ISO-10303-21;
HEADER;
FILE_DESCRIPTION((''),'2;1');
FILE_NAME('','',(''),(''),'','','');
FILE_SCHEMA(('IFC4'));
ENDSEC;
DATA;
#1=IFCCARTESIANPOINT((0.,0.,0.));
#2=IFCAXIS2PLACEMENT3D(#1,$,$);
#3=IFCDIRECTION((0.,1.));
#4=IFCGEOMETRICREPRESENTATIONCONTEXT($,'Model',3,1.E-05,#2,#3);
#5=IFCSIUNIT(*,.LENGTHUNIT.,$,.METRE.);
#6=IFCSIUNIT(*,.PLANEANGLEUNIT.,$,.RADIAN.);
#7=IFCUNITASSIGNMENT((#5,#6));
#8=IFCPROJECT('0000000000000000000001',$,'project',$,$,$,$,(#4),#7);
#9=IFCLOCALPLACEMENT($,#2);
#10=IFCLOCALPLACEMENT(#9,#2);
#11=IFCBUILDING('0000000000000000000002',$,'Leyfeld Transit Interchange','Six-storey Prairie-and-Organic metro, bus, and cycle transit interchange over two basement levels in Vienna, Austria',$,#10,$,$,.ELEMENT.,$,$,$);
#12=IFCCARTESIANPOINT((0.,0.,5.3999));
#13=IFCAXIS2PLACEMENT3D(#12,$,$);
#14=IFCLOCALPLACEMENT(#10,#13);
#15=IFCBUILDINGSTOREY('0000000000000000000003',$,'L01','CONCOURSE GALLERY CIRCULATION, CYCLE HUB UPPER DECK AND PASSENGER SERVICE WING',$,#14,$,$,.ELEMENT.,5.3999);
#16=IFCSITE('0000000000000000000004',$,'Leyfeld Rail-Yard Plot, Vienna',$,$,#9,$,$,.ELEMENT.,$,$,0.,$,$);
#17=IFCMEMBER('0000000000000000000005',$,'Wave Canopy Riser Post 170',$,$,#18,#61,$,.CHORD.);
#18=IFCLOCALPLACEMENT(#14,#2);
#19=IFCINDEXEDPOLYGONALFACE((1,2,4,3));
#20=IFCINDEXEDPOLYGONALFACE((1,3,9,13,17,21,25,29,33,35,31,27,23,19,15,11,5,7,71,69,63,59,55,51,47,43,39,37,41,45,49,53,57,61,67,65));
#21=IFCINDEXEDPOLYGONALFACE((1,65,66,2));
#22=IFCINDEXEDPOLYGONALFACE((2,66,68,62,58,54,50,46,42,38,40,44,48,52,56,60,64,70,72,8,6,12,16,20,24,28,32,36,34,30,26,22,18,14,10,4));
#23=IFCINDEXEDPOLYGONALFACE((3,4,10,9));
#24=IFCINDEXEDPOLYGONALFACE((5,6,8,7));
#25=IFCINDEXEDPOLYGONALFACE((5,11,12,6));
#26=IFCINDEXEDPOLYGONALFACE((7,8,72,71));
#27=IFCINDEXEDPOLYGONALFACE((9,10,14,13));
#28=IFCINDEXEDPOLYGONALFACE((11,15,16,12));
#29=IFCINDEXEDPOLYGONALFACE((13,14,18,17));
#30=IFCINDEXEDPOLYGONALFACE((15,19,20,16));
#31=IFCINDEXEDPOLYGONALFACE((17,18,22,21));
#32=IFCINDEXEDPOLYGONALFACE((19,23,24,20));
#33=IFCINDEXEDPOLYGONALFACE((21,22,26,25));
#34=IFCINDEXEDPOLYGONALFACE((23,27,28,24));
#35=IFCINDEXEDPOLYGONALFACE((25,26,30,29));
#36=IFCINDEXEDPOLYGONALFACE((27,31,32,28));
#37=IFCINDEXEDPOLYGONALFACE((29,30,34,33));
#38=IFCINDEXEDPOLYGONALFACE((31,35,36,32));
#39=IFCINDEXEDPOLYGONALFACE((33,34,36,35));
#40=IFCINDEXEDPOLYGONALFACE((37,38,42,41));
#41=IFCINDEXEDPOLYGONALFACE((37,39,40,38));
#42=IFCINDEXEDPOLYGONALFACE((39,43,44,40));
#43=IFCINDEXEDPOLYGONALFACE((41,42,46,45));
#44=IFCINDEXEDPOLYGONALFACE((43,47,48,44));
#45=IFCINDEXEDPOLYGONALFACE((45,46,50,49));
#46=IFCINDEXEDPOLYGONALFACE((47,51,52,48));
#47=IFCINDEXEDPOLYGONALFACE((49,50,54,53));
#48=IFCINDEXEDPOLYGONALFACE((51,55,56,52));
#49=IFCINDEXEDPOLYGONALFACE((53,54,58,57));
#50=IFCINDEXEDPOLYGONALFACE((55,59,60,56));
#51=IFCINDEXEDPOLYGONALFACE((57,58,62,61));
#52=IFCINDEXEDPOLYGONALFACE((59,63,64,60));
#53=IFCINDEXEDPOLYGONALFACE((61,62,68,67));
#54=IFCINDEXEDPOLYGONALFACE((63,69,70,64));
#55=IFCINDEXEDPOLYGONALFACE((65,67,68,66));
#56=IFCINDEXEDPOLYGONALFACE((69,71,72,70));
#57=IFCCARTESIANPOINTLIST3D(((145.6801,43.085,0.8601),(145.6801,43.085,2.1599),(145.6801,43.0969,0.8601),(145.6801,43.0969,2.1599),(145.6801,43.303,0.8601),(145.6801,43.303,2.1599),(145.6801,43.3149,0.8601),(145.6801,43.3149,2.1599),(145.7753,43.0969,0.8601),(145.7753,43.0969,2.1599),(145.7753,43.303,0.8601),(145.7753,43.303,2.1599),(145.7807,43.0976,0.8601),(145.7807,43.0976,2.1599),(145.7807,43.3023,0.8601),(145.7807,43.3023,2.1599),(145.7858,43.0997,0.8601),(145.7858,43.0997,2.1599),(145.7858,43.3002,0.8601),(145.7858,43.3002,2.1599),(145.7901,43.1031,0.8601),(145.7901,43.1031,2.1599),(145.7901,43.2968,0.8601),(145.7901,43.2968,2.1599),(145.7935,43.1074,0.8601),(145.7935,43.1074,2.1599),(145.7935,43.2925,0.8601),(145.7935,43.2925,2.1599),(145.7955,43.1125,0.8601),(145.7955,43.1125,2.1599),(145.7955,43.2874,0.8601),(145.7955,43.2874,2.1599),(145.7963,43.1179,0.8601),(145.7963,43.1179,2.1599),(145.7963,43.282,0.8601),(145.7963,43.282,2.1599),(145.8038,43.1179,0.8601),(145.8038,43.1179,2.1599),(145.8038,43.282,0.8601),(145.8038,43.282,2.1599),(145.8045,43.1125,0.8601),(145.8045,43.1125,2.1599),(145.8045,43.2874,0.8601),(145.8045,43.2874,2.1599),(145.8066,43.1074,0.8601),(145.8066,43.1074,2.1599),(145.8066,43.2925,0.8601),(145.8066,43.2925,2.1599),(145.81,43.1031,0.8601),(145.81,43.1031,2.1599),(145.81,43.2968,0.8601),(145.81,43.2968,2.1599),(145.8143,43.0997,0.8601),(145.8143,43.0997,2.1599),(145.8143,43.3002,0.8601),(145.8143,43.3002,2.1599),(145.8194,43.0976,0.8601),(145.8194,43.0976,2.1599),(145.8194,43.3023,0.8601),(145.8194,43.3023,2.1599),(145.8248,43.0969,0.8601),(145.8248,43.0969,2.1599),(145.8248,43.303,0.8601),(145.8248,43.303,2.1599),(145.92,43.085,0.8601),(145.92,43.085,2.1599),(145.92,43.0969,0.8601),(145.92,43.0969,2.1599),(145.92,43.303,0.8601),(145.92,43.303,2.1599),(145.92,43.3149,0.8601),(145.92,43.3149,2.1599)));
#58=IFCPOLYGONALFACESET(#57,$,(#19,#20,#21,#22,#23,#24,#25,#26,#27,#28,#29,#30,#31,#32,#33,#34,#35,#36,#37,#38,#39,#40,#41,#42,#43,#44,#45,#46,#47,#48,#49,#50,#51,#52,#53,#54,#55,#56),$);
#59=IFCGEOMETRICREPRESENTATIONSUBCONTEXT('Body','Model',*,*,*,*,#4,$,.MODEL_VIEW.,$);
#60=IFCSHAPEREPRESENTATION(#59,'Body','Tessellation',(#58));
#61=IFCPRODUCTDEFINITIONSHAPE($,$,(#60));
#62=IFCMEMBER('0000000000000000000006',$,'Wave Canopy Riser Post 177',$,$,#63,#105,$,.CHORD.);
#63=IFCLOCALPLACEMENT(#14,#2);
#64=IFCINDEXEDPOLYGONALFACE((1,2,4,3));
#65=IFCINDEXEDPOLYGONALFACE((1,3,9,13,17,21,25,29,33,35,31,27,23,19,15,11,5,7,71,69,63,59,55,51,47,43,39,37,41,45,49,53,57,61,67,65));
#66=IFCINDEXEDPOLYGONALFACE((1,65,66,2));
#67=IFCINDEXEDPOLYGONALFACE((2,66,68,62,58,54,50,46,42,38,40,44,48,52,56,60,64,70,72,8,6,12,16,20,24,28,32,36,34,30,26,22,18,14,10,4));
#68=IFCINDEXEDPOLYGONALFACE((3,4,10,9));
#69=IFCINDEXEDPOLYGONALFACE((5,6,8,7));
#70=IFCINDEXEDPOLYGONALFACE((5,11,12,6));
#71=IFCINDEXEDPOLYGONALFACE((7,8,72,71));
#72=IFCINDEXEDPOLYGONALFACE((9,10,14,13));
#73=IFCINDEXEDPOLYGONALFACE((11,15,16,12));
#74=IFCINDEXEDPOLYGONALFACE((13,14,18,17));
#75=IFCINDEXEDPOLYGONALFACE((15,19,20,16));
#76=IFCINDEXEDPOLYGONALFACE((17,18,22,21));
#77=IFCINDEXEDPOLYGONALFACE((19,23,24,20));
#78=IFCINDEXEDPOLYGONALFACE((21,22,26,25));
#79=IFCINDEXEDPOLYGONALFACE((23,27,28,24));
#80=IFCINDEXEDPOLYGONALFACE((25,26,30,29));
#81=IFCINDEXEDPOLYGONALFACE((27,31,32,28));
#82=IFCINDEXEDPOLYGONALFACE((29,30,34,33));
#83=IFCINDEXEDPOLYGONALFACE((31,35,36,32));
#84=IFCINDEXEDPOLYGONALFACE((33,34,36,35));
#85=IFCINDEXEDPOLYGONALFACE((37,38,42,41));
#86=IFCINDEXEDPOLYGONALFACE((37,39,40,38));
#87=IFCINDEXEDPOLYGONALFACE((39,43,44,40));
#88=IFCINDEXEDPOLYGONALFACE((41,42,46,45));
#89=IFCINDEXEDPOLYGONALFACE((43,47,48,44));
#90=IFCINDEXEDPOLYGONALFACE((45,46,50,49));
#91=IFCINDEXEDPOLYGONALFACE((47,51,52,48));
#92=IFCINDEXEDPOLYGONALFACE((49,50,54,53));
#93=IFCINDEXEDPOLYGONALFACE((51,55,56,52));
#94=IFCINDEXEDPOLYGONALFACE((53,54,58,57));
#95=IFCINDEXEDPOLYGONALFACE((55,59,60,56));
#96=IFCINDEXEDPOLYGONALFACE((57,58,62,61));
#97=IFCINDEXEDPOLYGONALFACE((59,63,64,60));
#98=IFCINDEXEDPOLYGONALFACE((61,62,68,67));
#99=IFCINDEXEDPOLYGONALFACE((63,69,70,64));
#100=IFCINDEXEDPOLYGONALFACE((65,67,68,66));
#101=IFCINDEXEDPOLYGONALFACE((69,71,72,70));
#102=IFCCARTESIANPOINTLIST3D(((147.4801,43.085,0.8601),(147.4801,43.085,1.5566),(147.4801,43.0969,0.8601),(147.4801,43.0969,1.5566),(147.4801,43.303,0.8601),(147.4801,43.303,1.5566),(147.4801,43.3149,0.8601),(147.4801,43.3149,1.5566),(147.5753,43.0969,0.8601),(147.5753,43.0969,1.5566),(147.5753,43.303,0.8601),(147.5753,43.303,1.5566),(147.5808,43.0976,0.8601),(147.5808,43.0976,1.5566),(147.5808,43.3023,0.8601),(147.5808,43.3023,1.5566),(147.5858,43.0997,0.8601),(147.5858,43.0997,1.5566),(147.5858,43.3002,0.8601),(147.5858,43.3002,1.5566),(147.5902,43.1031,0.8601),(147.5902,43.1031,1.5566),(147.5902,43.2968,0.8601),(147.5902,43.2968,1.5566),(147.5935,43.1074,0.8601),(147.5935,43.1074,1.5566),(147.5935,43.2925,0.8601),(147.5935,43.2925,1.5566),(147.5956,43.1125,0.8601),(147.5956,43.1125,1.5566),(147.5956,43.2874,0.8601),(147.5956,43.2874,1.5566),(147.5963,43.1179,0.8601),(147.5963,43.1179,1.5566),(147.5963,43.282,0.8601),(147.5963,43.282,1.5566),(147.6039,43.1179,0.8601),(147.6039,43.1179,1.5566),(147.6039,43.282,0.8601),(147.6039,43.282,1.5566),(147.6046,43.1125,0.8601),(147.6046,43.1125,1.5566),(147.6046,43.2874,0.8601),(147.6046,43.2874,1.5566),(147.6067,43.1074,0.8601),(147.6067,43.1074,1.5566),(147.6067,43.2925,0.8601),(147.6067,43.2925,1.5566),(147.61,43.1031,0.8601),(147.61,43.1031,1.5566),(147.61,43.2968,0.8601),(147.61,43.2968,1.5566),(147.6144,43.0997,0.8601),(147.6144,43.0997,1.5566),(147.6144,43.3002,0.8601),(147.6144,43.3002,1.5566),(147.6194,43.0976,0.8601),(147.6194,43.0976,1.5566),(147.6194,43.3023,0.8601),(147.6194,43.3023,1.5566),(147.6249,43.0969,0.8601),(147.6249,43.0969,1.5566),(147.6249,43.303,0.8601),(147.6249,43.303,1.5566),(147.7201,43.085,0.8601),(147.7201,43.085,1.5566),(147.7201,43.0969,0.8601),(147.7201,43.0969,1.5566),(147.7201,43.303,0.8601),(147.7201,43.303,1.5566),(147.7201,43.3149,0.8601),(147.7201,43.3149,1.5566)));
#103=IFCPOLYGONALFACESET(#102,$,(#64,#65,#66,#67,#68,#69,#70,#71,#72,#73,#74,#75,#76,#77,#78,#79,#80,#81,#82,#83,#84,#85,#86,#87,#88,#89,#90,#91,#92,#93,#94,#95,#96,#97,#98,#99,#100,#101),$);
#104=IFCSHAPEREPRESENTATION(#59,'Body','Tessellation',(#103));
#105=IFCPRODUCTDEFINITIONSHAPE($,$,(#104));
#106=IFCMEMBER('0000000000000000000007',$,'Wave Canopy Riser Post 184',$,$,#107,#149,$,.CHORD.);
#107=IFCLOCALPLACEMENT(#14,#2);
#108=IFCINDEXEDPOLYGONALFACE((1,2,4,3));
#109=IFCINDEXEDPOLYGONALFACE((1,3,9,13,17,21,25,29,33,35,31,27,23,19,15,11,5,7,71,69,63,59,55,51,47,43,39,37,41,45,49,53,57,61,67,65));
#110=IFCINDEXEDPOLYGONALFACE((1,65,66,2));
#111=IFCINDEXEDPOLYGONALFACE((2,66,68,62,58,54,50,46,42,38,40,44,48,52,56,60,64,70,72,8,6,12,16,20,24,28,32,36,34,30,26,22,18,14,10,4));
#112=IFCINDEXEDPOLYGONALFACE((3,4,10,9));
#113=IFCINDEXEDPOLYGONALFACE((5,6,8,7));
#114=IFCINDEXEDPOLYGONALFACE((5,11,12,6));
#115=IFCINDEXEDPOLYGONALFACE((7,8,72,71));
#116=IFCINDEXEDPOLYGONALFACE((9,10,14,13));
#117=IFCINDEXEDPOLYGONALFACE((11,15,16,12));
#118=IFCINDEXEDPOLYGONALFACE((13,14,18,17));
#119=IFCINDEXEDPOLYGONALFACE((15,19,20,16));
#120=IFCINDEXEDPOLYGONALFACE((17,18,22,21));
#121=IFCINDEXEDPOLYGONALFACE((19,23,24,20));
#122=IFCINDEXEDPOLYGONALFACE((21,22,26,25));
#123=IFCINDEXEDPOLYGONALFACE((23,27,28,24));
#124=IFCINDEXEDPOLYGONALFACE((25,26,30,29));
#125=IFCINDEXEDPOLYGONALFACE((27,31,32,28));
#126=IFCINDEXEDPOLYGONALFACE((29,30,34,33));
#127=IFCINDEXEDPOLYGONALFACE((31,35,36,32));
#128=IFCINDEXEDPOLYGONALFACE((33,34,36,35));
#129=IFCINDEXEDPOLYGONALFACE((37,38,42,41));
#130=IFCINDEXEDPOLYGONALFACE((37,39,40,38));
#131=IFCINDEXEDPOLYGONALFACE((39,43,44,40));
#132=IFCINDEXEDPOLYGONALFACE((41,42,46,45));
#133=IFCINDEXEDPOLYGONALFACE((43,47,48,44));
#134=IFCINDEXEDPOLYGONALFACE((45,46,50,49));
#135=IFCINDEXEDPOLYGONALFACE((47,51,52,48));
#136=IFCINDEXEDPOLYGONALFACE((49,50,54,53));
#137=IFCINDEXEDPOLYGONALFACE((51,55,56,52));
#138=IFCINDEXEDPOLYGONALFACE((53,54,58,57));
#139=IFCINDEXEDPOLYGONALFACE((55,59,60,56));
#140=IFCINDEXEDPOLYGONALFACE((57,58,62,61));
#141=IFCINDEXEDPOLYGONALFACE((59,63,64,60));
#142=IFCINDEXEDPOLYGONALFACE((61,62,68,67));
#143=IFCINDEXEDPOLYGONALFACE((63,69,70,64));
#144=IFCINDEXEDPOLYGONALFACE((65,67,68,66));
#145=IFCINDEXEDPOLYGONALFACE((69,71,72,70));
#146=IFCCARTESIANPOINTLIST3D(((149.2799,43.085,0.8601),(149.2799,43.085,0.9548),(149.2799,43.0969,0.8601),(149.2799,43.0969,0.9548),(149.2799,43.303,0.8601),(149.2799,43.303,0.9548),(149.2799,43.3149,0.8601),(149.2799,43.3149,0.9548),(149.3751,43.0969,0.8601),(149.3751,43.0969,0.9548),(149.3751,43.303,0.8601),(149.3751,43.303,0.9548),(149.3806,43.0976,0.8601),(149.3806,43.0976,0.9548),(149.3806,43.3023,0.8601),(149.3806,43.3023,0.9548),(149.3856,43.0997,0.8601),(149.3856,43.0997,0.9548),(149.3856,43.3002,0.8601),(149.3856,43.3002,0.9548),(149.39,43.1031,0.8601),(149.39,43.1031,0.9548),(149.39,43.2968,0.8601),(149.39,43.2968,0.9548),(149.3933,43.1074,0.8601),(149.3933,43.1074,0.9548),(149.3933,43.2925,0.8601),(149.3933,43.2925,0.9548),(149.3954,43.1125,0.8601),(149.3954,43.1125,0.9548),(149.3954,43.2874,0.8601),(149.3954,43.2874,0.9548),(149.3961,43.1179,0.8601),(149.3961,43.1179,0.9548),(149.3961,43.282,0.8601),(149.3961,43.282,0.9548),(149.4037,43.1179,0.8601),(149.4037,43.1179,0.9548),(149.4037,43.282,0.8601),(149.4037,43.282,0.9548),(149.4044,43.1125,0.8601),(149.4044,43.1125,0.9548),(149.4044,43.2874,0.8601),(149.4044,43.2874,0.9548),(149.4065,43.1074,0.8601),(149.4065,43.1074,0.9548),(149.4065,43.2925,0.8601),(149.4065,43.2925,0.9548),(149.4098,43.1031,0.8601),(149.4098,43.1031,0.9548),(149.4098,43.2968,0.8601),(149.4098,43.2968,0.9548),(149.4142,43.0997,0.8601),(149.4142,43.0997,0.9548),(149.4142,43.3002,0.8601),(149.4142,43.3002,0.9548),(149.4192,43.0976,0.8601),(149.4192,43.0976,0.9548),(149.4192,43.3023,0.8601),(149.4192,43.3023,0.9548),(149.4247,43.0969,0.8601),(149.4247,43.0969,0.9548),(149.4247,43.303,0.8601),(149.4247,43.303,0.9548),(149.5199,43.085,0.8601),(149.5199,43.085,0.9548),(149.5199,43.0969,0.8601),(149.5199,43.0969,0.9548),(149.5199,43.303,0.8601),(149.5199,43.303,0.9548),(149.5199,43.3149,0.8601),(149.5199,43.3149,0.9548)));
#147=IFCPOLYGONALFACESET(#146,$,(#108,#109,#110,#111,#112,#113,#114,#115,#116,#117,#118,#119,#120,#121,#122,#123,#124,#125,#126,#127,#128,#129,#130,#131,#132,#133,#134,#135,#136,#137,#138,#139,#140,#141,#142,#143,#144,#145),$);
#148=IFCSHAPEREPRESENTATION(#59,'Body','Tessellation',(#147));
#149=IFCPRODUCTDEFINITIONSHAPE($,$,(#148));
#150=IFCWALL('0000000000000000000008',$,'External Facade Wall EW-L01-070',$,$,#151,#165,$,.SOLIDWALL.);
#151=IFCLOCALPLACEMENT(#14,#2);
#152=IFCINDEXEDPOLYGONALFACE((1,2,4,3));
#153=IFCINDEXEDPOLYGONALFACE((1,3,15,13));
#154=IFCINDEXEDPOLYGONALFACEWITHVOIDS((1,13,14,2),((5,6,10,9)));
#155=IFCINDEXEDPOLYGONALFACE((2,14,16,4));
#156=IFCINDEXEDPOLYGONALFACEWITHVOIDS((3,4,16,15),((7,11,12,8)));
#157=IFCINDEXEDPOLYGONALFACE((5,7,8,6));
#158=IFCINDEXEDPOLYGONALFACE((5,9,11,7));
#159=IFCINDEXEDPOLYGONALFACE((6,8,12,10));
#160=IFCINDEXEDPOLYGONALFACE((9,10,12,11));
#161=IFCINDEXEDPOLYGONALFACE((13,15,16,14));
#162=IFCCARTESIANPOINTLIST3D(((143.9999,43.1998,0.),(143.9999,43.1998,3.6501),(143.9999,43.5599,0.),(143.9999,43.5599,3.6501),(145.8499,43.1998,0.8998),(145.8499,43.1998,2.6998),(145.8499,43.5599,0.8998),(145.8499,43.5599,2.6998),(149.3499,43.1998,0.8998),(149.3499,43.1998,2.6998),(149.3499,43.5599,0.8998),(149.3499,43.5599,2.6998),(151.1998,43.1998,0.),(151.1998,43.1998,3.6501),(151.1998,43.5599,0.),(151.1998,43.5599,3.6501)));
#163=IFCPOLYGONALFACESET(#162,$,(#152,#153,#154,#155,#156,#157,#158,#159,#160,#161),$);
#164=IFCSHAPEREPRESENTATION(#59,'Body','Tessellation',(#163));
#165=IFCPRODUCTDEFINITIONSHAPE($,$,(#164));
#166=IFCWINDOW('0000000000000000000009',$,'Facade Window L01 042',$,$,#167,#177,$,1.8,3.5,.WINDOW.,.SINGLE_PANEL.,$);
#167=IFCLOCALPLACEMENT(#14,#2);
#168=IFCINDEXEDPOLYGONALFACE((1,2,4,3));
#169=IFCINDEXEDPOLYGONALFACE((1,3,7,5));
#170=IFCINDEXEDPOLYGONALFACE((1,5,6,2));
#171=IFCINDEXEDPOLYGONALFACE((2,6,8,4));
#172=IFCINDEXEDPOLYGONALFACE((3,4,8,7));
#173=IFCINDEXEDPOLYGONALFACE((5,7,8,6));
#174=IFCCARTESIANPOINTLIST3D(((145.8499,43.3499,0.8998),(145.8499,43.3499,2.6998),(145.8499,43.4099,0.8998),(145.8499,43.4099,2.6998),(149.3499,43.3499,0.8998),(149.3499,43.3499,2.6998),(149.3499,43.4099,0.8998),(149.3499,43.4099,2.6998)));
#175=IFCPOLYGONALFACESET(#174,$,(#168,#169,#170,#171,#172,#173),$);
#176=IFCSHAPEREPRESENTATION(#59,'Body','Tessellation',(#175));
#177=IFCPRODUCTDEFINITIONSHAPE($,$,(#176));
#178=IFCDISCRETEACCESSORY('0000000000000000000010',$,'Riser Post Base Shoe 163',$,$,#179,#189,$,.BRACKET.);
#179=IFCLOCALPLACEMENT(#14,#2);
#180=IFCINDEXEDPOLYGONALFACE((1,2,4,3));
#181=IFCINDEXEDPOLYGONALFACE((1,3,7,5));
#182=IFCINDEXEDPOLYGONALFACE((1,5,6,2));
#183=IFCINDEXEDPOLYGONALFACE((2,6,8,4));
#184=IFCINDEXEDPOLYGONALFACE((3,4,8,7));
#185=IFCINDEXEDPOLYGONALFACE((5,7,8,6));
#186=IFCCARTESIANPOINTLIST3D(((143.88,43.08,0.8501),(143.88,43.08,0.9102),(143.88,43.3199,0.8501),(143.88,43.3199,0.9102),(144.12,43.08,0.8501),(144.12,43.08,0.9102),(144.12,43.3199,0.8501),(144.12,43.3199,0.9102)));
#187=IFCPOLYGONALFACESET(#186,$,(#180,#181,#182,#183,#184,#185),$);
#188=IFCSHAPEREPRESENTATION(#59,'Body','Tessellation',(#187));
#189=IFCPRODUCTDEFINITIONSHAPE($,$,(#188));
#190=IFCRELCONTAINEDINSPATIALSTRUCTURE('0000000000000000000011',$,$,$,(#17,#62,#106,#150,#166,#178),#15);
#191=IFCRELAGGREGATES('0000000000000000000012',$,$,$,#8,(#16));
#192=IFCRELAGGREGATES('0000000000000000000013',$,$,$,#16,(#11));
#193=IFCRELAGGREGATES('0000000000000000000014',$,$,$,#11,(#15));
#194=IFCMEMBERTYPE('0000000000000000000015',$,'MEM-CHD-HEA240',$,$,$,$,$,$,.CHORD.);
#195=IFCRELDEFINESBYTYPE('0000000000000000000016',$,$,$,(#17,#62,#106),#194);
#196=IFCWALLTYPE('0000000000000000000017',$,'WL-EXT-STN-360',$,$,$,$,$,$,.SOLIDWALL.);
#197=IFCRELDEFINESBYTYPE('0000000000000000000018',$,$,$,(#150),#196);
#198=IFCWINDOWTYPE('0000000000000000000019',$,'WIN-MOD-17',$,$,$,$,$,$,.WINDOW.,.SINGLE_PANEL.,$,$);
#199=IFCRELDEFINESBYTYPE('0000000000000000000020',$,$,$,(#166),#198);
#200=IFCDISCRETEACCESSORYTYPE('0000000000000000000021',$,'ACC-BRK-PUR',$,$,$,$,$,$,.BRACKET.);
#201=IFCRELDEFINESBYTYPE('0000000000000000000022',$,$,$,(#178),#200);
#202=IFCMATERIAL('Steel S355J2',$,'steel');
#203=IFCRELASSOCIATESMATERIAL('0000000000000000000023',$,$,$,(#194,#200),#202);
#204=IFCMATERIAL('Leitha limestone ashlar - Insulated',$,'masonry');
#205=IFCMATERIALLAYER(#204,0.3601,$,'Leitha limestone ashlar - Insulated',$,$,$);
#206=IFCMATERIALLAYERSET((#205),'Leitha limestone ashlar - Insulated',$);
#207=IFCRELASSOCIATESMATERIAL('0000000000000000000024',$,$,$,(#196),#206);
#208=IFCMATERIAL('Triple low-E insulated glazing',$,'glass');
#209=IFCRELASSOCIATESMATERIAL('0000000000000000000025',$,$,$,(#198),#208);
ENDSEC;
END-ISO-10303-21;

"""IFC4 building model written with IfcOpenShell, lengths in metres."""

from ifc_helpers import new_model, si_unit, direction, frame, frame_2d, origin, origin_2d, place, context, subcontext, project, spatial, rectangle, i_section, extrude, material, layer, layer_set, material_profile, profile_set, type_object, element, fill, save


model = new_model("IFC4")

# Units and contexts
model_context = context("Model", 3, precision=1e-05, world=origin(), true_north=direction((0.0, 1.0)))
body_context = subcontext(model_context, "Body", "Model", "MODEL_VIEW")
ifc_project = project(units=[si_unit("LENGTHUNIT", "METRE"), si_unit("PLANEANGLEUNIT", "RADIAN")], contexts=[model_context])

# Site, building, storey
site_placement = place(None, origin())
site = spatial("IfcSite", under=ifc_project, at=site_placement, Name="Leyfeld Rail-Yard Plot, Vienna", CompositionType="ELEMENT", RefElevation=0.0)
building_placement = place(site_placement, origin())
building = spatial("IfcBuilding", under=site, at=building_placement, Name="Leyfeld Transit Interchange", Description="Six-storey Prairie-and-Organic metro, bus, and cycle transit interchange over two basement levels in Vienna, Austria", CompositionType="ELEMENT")
storey_placement = place(building_placement, frame((0.0, 0.0, 5.3999)))
storey = spatial("IfcBuildingStorey", under=building, at=storey_placement, Name="L01", Description="CONCOURSE GALLERY CIRCULATION, CYCLE HUB UPPER DECK AND PASSENGER SERVICE WING", CompositionType="ELEMENT", Elevation=5.3999)

# Shared definitions
ifc_material_1 = material(Name="Steel S355J2", Category="steel")

# Members
ifc_material_profile_1 = material_profile(ifc_material_1, i_section(OverallWidth=0.24, OverallDepth=0.23, WebThickness=0.0076, FlangeThickness=0.012, FilletRadius=0.021, at=origin_2d()), Name="HEA 240")
ifc_profile_set_1 = profile_set([ifc_material_profile_1], Name="Steel S355J2")
member_type = type_object("IfcMemberType", Name="MEM-CHD-HEA240", PredefinedType="CHORD", material=ifc_profile_set_1)
member_1_placement = place(storey_placement, frame((145.8, 43.2, 0.8601), z_axis=(0.0, 0.0, 1.0), x_axis=(1.0, 0.0, 0.0)))
element("IfcMember", 1, at=member_1_placement, inside=storey, type_object=member_type, Name="Wave Canopy Riser Post 170", PredefinedType="CHORD", context=body_context, shape_type="SweptSolid", body=[
    extrude(i_section(OverallWidth=0.24, OverallDepth=0.23, WebThickness=0.0076, FlangeThickness=0.012, FilletRadius=0.021, at=origin_2d()), origin(), (0.0, 0.0, 1.0), 1.2998),
])
member_2_placement = place(storey_placement, frame((147.6001, 43.2, 0.8601), z_axis=(0.0, 0.0, 1.0), x_axis=(1.0, 0.0, 0.0)))
element("IfcMember", 2, at=member_2_placement, inside=storey, type_object=member_type, Name="Wave Canopy Riser Post 177", PredefinedType="CHORD", context=body_context, shape_type="SweptSolid", body=[
    extrude(i_section(OverallWidth=0.24, OverallDepth=0.23, WebThickness=0.0076, FlangeThickness=0.012, FilletRadius=0.021, at=origin_2d()), origin(), (0.0, 0.0, 1.0), 0.6965),
])
member_3_placement = place(storey_placement, frame((149.3999, 43.2, 0.8601), z_axis=(0.0, 0.0, 1.0), x_axis=(1.0, 0.0, 0.0)))
element("IfcMember", 3, at=member_3_placement, inside=storey, type_object=member_type, Name="Wave Canopy Riser Post 184", PredefinedType="CHORD", context=body_context, shape_type="SweptSolid", body=[
    extrude(i_section(OverallWidth=0.24, OverallDepth=0.23, WebThickness=0.0076, FlangeThickness=0.012, FilletRadius=0.021, at=origin_2d()), origin(), (0.0, 0.0, 1.0), 0.0947),
])

# Wall, opening, window
ifc_material_2 = material(Name="Leitha limestone ashlar - Insulated", Category="masonry")
ifc_layer = layer(ifc_material_2, 0.3601, Name="Leitha limestone ashlar - Insulated")
ifc_layer_set = layer_set([ifc_layer], Name="Leitha limestone ashlar - Insulated")
wall_type = type_object("IfcWallType", Name="WL-EXT-STN-360", PredefinedType="SOLIDWALL", material=ifc_layer_set)
wall_placement = place(storey_placement, frame((151.2, 43.3799, 0.0), z_axis=(0.0, 0.0, 1.0), x_axis=(-1.0, 0.0, 0.0)))
wall = element("IfcWall", 4, at=wall_placement, inside=storey, type_object=wall_type, Name="External Facade Wall EW-L01-070", PredefinedType="SOLIDWALL", context=body_context, shape_type="SweptSolid", body=[
    extrude(rectangle(XDim=7.2, YDim=0.3601, at=frame_2d((3.6001, 0.0))), origin(), (0.0, 0.0, 1.0), 3.6501),
])
opening_placement = place(wall_placement, frame((1.8501, 0.0, 0.8999)))
opening = element("IfcOpeningElement", 5, at=opening_placement, cuts=wall, PredefinedType="OPENING", context=body_context, shape_type="SweptSolid", body=[
    extrude(rectangle(XDim=3.5, YDim=1.8, at=frame_2d((1.75, 0.8999))), frame((0.0, 0.1899, 0.0), z_axis=(0.0, -1.0, 0.0), x_axis=(1.0, 0.0, 0.0)), (0.0, 0.0, 1.0), 0.3801),
])
ifc_material_3 = material(Name="Triple low-E insulated glazing", Category="glass")
window_type = type_object("IfcWindowType", Name="WIN-MOD-17", PartitioningType="SINGLE_PANEL", PredefinedType="WINDOW", material=ifc_material_3)
window_placement = place(opening_placement, origin())
window = element("IfcWindow", 6, at=window_placement, inside=storey, type_object=window_type, Name="Facade Window L01 042", OverallHeight=1.8, OverallWidth=3.5, PartitioningType="SINGLE_PANEL", PredefinedType="WINDOW", context=body_context, shape_type="SweptSolid", body=[
    extrude(rectangle(XDim=3.5, YDim=1.8, at=frame_2d((1.75, 0.8999))), frame((0.0, 0.03, 0.0), z_axis=(0.0, -1.0, 0.0), x_axis=(1.0, 0.0, 0.0)), (0.0, 0.0, 1.0), 0.0601),
])
fill(opening, window)

# Discrete accessory
discrete_accessory_type = type_object("IfcDiscreteAccessoryType", Name="ACC-BRK-PUR", PredefinedType="BRACKET", material=ifc_material_1)
for number, where, z_axis, x_axis, name in (
    (7, (144.0, 43.2, 0.8501), (0.0, 0.0, 1.0), (1.0, 0.0, 0.0), "Riser Post Base Shoe 163"),
):
    element("IfcDiscreteAccessory", number, at=place(storey_placement, frame(where, z_axis=z_axis, x_axis=x_axis)), inside=storey, type_object=discrete_accessory_type, Name=name, PredefinedType="BRACKET", context=body_context, shape_type="SweptSolid", body=[
        extrude(rectangle(XDim=0.24, YDim=0.24, at=origin_2d()), origin(), (0.0, 0.0, 1.0), 0.0601),
    ])

save(model, "model.ifc")
